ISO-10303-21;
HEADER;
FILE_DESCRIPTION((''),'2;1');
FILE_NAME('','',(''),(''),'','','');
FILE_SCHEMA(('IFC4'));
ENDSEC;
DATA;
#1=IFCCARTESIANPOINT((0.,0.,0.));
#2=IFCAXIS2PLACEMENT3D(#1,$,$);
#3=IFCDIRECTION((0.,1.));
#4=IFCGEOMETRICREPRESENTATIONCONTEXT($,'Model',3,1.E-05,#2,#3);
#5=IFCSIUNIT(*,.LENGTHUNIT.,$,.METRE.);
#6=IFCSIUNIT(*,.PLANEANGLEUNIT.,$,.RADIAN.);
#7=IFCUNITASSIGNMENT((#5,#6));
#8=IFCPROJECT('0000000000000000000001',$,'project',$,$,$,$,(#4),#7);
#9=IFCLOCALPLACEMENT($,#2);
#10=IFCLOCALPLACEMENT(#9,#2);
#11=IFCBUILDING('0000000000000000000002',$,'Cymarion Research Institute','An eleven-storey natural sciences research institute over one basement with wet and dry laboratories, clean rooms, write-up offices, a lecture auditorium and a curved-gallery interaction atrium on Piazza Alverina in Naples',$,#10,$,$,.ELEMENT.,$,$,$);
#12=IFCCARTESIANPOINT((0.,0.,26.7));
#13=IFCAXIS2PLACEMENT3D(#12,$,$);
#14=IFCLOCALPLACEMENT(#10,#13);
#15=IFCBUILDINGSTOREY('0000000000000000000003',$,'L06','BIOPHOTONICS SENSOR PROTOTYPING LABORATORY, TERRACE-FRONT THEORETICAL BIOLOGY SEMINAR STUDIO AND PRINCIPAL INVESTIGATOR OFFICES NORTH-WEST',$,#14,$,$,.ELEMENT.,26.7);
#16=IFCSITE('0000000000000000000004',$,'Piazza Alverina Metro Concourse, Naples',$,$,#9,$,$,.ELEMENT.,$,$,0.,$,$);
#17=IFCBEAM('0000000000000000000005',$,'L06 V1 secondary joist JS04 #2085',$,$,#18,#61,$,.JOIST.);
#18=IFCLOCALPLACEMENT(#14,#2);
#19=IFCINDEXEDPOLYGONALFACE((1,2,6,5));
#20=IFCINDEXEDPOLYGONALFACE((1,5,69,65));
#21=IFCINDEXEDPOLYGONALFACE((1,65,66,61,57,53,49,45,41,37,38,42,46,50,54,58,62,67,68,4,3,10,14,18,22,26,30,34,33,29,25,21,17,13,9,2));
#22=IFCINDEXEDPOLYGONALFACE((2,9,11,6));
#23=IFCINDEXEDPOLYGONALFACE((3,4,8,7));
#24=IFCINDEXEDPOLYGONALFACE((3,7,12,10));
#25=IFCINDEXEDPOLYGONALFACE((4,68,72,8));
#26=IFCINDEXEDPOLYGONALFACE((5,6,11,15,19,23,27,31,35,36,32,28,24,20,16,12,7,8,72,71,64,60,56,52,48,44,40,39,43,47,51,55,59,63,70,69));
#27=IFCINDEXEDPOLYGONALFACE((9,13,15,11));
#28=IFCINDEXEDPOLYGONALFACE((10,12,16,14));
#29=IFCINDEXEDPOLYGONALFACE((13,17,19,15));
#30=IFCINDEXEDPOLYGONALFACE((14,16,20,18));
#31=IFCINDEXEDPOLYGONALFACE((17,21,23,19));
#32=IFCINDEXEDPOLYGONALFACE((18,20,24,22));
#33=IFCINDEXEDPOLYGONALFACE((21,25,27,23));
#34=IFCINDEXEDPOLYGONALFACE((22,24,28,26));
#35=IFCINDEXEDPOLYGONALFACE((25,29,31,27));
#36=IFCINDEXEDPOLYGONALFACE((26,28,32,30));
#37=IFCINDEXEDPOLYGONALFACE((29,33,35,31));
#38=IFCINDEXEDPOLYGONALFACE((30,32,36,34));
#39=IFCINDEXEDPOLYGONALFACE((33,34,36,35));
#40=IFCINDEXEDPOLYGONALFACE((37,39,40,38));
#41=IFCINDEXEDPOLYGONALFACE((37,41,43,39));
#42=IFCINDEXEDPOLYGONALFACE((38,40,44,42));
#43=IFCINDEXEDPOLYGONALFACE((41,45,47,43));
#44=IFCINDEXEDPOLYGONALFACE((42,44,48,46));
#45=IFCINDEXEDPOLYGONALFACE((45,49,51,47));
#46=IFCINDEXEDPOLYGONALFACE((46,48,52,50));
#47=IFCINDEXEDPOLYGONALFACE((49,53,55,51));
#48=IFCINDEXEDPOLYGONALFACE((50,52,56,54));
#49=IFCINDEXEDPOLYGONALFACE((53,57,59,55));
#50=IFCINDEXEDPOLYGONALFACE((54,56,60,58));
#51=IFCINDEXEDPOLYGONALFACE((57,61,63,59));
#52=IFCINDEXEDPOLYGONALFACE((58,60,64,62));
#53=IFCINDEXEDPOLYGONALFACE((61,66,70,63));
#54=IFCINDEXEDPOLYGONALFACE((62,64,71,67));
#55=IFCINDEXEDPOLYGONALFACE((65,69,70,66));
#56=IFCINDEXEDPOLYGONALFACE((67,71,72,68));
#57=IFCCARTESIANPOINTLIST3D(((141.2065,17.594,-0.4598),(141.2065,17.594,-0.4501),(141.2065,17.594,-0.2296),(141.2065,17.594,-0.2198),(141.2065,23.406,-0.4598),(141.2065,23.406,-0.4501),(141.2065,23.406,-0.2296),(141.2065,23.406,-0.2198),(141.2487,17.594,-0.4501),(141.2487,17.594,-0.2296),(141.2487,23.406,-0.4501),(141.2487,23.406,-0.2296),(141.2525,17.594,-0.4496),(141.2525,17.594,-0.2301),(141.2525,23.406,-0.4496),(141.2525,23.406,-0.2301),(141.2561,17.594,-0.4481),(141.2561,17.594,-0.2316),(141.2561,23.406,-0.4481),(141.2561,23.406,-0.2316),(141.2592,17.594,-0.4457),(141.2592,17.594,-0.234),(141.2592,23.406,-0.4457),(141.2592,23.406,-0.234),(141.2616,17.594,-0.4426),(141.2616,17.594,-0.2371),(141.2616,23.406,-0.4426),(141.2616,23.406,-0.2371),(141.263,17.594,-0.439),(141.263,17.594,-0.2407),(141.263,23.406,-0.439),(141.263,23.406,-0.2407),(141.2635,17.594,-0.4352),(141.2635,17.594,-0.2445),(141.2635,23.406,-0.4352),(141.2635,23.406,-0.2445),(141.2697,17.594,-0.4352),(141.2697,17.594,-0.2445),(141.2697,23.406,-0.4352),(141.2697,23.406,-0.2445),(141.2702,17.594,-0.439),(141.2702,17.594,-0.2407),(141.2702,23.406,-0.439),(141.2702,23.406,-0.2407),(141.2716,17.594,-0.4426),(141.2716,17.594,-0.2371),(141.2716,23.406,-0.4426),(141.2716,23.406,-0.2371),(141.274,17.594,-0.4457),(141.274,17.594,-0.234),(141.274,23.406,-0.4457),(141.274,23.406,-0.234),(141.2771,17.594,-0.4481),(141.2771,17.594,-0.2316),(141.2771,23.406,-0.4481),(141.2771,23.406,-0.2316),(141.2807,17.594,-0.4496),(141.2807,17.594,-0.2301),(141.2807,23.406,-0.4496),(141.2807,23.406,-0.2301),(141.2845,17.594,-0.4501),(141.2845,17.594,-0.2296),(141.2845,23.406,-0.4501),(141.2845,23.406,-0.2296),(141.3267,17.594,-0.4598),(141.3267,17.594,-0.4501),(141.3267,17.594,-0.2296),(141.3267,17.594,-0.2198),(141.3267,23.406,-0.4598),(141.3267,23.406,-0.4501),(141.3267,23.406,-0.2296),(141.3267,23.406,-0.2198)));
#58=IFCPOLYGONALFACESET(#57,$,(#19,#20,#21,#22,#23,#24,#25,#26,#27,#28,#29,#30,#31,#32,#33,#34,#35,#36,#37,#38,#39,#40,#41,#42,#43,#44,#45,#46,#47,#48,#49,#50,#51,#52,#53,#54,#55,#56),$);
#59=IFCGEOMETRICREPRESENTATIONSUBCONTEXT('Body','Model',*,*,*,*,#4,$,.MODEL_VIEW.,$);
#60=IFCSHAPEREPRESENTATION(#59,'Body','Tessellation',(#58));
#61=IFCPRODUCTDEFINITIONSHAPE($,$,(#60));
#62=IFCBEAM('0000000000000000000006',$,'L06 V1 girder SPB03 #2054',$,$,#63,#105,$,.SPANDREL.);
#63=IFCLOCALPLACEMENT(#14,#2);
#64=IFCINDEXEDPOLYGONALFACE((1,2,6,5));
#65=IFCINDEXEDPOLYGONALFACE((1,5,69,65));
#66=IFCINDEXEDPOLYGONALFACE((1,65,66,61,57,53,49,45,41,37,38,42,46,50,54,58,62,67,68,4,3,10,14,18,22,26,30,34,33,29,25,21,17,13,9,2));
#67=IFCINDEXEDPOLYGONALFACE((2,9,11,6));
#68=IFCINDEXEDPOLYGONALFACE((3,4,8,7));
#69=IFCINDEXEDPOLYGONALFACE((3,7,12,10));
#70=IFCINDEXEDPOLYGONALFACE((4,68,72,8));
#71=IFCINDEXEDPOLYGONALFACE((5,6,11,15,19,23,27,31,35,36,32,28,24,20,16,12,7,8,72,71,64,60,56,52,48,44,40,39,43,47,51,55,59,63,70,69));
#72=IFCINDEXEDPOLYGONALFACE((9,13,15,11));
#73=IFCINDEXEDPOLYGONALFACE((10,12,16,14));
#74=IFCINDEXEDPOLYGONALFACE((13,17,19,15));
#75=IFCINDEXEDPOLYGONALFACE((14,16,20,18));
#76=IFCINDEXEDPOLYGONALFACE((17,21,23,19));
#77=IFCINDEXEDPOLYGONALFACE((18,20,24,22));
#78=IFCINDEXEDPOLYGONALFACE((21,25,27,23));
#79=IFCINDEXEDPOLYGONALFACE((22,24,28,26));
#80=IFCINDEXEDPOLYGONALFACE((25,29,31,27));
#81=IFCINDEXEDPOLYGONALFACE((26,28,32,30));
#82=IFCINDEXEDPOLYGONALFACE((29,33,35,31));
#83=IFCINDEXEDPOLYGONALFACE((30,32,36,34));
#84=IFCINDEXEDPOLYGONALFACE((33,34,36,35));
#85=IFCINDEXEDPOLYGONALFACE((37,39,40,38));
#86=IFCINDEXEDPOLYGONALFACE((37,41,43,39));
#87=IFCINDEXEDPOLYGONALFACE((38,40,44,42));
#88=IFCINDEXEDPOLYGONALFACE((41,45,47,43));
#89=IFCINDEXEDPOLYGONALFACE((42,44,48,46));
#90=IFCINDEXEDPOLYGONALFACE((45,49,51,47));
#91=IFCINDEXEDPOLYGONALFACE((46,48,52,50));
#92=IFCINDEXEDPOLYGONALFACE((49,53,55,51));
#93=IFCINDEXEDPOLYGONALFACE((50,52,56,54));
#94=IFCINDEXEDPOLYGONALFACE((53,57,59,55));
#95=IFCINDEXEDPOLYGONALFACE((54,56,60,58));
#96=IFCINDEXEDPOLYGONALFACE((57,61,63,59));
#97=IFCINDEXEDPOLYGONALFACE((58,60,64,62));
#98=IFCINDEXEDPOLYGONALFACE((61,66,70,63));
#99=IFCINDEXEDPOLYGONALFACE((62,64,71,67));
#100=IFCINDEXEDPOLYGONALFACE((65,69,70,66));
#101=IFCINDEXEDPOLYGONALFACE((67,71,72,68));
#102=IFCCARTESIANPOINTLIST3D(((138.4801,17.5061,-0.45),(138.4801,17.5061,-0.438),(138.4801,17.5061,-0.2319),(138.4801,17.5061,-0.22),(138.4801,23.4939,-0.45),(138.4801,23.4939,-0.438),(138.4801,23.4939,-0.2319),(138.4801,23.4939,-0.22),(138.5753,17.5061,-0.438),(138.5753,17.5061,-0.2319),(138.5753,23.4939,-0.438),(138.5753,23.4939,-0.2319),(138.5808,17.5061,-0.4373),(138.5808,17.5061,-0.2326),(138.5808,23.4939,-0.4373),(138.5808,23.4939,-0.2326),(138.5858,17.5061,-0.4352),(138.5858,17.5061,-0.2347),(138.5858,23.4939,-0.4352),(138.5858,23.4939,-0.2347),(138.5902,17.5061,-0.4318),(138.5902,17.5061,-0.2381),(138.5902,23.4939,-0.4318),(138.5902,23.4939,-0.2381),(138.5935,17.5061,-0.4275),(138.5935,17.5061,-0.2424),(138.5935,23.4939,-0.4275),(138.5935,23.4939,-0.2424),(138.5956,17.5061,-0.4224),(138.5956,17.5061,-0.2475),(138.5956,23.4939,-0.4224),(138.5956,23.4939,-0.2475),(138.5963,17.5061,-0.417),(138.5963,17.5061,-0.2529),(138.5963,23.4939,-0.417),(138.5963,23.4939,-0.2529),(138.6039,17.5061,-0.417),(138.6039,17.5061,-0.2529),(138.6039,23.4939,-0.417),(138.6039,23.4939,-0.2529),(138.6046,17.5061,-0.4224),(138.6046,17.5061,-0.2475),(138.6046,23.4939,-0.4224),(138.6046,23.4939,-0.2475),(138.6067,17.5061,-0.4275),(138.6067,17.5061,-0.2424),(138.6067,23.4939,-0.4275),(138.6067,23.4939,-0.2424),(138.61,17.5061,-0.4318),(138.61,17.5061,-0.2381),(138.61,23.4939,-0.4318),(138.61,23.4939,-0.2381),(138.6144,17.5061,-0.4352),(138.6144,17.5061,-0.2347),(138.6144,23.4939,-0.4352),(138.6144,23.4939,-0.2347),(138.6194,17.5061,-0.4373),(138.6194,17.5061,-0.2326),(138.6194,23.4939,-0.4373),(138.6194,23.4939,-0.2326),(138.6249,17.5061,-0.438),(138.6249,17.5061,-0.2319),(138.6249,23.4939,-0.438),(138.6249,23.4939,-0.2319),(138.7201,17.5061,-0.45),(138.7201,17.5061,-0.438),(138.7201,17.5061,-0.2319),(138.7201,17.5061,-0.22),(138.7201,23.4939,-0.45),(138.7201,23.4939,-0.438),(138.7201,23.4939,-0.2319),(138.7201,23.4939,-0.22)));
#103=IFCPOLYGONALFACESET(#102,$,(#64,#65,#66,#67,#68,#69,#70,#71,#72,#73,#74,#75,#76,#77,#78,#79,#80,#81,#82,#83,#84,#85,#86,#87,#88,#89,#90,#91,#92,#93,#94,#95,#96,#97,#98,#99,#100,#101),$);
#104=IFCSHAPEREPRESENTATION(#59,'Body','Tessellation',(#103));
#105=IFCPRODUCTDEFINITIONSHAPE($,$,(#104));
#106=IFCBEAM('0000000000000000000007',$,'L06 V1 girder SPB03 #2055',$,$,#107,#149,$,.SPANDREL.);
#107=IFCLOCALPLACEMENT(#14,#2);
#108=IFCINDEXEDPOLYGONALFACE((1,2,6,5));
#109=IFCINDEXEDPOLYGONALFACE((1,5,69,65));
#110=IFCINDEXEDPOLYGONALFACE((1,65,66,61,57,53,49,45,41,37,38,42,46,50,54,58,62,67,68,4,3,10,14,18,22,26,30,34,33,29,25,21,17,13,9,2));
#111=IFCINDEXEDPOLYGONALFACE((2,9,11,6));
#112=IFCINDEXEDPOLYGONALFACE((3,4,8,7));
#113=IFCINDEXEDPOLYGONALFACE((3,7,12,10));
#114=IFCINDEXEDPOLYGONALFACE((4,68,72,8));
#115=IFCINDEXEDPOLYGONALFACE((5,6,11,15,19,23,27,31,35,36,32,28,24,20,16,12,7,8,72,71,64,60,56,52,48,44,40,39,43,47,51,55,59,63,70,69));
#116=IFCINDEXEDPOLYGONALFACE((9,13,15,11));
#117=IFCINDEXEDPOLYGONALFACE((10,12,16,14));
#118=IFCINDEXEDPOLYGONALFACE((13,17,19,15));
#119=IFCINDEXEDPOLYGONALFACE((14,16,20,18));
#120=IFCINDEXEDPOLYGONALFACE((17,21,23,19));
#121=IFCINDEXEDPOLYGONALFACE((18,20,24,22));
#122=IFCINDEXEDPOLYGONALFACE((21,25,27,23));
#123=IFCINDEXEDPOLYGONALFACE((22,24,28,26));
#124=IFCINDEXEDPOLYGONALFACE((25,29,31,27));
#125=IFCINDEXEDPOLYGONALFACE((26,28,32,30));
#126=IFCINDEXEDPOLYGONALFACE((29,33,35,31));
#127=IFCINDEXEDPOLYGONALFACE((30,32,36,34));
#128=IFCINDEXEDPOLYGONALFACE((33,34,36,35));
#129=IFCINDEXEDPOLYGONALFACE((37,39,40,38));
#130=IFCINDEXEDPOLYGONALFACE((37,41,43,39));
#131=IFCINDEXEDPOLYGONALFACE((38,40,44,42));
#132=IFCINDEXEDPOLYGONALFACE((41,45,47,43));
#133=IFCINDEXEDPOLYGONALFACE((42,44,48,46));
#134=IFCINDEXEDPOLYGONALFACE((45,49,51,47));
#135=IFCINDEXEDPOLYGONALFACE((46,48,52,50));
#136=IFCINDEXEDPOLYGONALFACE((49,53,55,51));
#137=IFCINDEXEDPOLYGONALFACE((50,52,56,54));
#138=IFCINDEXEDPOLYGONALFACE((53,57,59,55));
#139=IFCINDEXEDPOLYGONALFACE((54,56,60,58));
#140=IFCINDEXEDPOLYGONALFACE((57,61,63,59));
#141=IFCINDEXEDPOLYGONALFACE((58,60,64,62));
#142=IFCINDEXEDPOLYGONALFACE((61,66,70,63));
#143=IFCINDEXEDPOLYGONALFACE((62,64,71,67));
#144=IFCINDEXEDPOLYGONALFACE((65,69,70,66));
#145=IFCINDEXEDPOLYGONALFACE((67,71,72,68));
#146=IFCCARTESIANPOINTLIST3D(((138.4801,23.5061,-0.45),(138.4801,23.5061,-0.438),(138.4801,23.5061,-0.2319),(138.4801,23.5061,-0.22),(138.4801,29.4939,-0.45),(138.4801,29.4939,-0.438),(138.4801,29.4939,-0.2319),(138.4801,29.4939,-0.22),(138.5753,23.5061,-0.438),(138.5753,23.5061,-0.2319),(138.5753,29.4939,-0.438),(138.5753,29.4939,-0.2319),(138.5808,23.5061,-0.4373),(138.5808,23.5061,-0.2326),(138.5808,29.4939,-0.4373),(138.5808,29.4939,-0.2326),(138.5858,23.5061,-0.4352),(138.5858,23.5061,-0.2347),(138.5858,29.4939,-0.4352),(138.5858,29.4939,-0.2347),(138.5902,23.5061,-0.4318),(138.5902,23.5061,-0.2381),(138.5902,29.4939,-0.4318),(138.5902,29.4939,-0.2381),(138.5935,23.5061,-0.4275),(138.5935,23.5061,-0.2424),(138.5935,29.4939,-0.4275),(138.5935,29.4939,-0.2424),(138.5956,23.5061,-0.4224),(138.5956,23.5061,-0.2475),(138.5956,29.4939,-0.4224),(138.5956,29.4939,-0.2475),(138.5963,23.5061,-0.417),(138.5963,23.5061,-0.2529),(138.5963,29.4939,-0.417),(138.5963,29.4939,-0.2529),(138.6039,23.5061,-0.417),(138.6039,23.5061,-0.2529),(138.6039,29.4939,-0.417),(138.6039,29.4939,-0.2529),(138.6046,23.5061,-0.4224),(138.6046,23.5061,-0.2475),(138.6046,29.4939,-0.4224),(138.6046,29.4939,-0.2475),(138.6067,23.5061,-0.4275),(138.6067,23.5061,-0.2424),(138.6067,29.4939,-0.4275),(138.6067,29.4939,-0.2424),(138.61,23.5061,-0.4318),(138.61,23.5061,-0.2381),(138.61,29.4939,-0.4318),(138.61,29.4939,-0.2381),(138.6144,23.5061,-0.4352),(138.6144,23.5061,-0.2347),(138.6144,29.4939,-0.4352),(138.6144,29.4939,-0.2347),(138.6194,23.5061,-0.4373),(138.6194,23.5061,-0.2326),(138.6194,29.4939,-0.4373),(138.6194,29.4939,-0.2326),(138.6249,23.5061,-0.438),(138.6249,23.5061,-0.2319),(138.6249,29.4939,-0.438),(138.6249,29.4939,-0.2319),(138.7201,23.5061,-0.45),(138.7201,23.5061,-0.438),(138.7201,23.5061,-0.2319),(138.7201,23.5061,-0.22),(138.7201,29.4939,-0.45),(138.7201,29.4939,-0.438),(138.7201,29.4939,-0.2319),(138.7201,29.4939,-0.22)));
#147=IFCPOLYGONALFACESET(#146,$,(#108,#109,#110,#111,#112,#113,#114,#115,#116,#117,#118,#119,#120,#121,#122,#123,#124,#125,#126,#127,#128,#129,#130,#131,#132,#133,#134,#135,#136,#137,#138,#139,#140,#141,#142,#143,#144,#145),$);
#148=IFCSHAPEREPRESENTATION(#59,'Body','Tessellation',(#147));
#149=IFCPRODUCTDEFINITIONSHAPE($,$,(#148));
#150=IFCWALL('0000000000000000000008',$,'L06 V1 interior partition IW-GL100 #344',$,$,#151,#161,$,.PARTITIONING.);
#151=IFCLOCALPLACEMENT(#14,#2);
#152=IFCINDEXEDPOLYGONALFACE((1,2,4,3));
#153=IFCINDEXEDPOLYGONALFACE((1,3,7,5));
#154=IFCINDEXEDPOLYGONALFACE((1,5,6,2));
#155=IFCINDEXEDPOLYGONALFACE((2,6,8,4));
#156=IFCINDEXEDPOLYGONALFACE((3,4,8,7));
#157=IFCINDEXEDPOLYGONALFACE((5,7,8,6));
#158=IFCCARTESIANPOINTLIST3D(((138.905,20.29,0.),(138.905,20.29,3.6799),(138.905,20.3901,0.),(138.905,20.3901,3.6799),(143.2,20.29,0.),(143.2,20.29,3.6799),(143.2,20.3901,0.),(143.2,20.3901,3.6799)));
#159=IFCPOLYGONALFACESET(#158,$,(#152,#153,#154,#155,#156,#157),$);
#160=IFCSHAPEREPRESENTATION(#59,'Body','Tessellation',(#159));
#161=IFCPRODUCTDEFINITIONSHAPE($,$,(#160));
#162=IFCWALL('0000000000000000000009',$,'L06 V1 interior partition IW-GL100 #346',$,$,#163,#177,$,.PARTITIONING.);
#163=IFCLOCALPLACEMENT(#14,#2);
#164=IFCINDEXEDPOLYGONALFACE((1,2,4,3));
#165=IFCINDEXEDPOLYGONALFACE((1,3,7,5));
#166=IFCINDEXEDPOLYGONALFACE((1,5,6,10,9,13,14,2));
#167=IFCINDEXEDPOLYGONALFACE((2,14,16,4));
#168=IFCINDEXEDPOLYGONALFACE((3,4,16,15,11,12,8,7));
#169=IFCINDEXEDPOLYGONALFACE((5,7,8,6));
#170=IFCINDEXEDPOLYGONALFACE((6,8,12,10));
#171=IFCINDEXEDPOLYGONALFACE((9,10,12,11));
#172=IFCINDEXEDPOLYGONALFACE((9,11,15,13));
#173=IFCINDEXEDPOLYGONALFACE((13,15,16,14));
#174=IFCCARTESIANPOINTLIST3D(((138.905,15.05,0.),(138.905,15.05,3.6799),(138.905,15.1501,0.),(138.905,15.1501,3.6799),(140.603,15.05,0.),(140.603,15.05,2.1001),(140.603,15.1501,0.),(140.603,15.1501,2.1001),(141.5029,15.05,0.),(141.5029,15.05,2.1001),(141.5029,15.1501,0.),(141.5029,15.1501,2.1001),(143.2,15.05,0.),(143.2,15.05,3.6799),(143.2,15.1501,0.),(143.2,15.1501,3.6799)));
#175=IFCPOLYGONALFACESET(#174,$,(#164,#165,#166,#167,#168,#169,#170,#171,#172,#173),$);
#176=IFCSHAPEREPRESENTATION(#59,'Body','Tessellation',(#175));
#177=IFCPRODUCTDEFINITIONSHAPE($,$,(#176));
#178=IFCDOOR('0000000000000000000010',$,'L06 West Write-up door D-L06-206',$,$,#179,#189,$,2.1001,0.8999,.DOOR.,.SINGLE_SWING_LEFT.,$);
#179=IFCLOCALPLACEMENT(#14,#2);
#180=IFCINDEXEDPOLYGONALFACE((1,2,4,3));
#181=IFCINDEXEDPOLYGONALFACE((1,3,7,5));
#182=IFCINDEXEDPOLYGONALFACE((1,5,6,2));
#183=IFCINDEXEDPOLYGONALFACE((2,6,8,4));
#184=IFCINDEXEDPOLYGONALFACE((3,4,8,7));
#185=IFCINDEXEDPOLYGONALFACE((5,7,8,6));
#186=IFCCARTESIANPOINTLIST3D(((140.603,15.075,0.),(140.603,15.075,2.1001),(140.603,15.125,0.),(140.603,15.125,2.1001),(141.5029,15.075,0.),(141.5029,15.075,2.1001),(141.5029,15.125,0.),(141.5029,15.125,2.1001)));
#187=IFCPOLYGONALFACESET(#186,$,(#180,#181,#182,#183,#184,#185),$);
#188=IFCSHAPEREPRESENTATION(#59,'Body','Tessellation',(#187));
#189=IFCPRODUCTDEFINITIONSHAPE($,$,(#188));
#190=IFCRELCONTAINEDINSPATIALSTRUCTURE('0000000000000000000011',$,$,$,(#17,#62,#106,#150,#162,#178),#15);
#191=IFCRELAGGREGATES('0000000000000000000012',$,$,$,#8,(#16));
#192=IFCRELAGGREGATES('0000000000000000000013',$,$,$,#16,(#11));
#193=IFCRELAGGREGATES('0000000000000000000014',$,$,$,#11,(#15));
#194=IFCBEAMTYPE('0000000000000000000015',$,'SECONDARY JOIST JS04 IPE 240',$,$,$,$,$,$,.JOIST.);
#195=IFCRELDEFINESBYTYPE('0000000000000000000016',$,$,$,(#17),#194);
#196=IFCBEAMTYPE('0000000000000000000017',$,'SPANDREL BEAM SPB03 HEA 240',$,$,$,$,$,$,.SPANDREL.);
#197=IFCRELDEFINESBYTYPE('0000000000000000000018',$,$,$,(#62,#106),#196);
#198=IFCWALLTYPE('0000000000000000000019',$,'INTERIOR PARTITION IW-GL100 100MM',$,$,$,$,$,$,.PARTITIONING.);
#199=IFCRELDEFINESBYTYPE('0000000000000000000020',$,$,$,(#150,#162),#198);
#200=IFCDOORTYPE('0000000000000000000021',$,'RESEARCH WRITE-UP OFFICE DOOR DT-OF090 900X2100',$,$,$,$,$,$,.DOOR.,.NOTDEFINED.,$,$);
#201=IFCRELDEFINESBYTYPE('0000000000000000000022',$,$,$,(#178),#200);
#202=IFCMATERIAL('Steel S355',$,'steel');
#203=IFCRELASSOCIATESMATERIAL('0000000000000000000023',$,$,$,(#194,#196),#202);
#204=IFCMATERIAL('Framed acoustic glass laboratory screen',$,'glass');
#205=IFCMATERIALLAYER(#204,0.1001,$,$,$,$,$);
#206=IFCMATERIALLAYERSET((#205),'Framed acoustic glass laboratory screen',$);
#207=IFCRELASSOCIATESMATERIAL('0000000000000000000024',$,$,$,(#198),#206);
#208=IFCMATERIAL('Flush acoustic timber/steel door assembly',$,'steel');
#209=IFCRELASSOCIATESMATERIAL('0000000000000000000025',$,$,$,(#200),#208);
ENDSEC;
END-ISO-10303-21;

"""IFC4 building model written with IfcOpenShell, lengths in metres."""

from ifc_helpers import new_model, si_unit, direction, frame, frame_2d, origin, origin_2d, place, context, subcontext, project, spatial, rectangle, i_section, extrude, material, layer, layer_set, material_profile, profile_set, type_object, element, fill, save


model = new_model("IFC4")

# Units and contexts
model_context = context("Model", 3, precision=1e-05, world=origin(), true_north=direction((0.0, 1.0)))
body_context = subcontext(model_context, "Body", "Model", "MODEL_VIEW")
ifc_project = project(units=[si_unit("LENGTHUNIT", "METRE"), si_unit("PLANEANGLEUNIT", "RADIAN")], contexts=[model_context])

# Site, building, storey
site_placement = place(None, origin())
site = spatial("IfcSite", under=ifc_project, at=site_placement, Name="Piazza Alverina Metro Concourse, Naples", CompositionType="ELEMENT", RefElevation=0.0)
building_placement = place(site_placement, origin())
building = spatial("IfcBuilding", under=site, at=building_placement, Name="Cymarion Research Institute", Description="An eleven-storey natural sciences research institute over one basement with wet and dry laboratories, clean rooms, write-up offices, a lecture auditorium and a curved-gallery interaction atrium on Piazza Alverina in Naples", CompositionType="ELEMENT")
storey_placement = place(building_placement, frame((0.0, 0.0, 26.7)))
storey = spatial("IfcBuildingStorey", under=building, at=storey_placement, Name="L06", Description="BIOPHOTONICS SENSOR PROTOTYPING LABORATORY, TERRACE-FRONT THEORETICAL BIOLOGY SEMINAR STUDIO AND PRINCIPAL INVESTIGATOR OFFICES NORTH-WEST", CompositionType="ELEMENT", Elevation=26.7)

# Shared definitions
ifc_material_1 = material(Name="Steel S355", Category="steel")

# Beams
ifc_material_profile_1 = material_profile(ifc_material_1, i_section(OverallWidth=0.1201, OverallDepth=0.24, WebThickness=0.0061, FlangeThickness=0.0098, FilletRadius=0.0149, at=origin_2d()), Name="IPE 240")
ifc_profile_set_1 = profile_set([ifc_material_profile_1], Name="Steel S355")
beam_type_1 = type_object("IfcBeamType", Name="SECONDARY JOIST JS04 IPE 240", PredefinedType="JOIST", material=ifc_profile_set_1)
beam_placement = place(storey_placement, frame((141.2666, 17.594, -0.3398), z_axis=(0.0, 1.0, 0.0), x_axis=(-1.0, 0.0, 0.0)))
element("IfcBeam", 1, at=beam_placement, inside=storey, type_object=beam_type_1, Name="L06 V1 secondary joist JS04 #2085", PredefinedType="JOIST", context=body_context, shape_type="SweptSolid", body=[
    extrude(i_section(OverallWidth=0.1201, OverallDepth=0.24, WebThickness=0.0061, FlangeThickness=0.0098, FilletRadius=0.0149, at=origin_2d()), origin(), (0.0, 0.0, 1.0), 5.812),
])
ifc_material_profile_2 = material_profile(ifc_material_1, i_section(OverallWidth=0.24, OverallDepth=0.23, WebThickness=0.0076, FlangeThickness=0.012, FilletRadius=0.021, at=origin_2d()), Name="HEA 240")
ifc_profile_set_2 = profile_set([ifc_material_profile_2], Name="Steel S355")
beam_type_2 = type_object("IfcBeamType", Name="SPANDREL BEAM SPB03 HEA 240", PredefinedType="SPANDREL", material=ifc_profile_set_2)
for number, where, z_axis, x_axis, name in (
    (2, (138.6001, 17.5061, -0.335), (0.0, 1.0, 0.0), (-1.0, 0.0, 0.0), "L06 V1 girder SPB03 #2054"),
    (3, (138.6001, 23.5061, -0.335), (0.0, 1.0, 0.0), (-1.0, 0.0, 0.0), "L06 V1 girder SPB03 #2055"),
):
    element("IfcBeam", number, at=place(storey_placement, frame(where, z_axis=z_axis, x_axis=x_axis)), inside=storey, type_object=beam_type_2, Name=name, PredefinedType="SPANDREL", context=body_context, shape_type="SweptSolid", body=[
        extrude(i_section(OverallWidth=0.24, OverallDepth=0.23, WebThickness=0.0076, FlangeThickness=0.012, FilletRadius=0.021, at=origin_2d()), origin(), (0.0, 0.0, 1.0), 5.9878),
    ])

# Wall
ifc_material_2 = material(Name="Framed acoustic glass laboratory screen", Category="glass")
ifc_layer_1 = layer(ifc_material_2, 0.1001)
ifc_layer_set_1 = layer_set([ifc_layer_1], Name="Framed acoustic glass laboratory screen")
wall_type_1 = type_object("IfcWallType", Name="INTERIOR PARTITION IW-GL100 100MM", PredefinedType="PARTITIONING", material=ifc_layer_set_1)
wall_1_placement = place(storey_placement, frame((138.905, 20.3401, 0.0), z_axis=(0.0, 0.0, 1.0), x_axis=(1.0, 0.0, 0.0)))
element("IfcWall", 4, at=wall_1_placement, inside=storey, type_object=wall_type_1, Name="L06 V1 interior partition IW-GL100 #344", PredefinedType="PARTITIONING", context=body_context, shape_type="SweptSolid", body=[
    extrude(rectangle(XDim=4.2949, YDim=0.1001, at=frame_2d((2.1475, 0.0))), origin(), (0.0, 0.0, 1.0), 3.6799),
])

# Wall, opening, door
wall_2_placement = place(storey_placement, frame((138.905, 15.1001, 0.0), z_axis=(0.0, 0.0, 1.0), x_axis=(1.0, 0.0, 0.0)))
wall_2 = element("IfcWall", 5, at=wall_2_placement, inside=storey, type_object=wall_type_1, Name="L06 V1 interior partition IW-GL100 #346", PredefinedType="PARTITIONING", context=body_context, shape_type="SweptSolid", body=[
    extrude(rectangle(XDim=4.2949, YDim=0.1001, at=frame_2d((2.1475, 0.0))), origin(), (0.0, 0.0, 1.0), 3.6799),
])
opening_1_placement = place(wall_2_placement, frame((1.698, 0.0, 0.0)))
opening_1 = element("IfcOpeningElement", 6, at=opening_1_placement, cuts=wall_2, PredefinedType="OPENING", context=body_context, shape_type="SweptSolid", body=[
    extrude(rectangle(XDim=0.8999, YDim=2.1001, at=frame_2d((0.45, 1.05))), frame((0.0, 0.0601, 0.0), z_axis=(0.0, -1.0, 0.0), x_axis=(1.0, 0.0, 0.0)), (0.0, 0.0, 1.0), 0.1201),
])
ifc_material_3 = material(Name="Flush acoustic timber/steel door assembly", Category="steel")
door_type_1 = type_object("IfcDoorType", Name="RESEARCH WRITE-UP OFFICE DOOR DT-OF090 900X2100", OperationType="NOTDEFINED", PredefinedType="DOOR", material=ifc_material_3)
door_1_placement = place(opening_1_placement, origin())
door_1 = element("IfcDoor", 7, at=door_1_placement, inside=storey, type_object=door_type_1, Name="L06 West Write-up door D-L06-206", OperationType="SINGLE_SWING_LEFT", OverallHeight=2.1001, OverallWidth=0.8999, PredefinedType="DOOR", context=body_context, shape_type="SweptSolid", body=[
    extrude(rectangle(XDim=0.8999, YDim=2.1001, at=frame_2d((0.45, 1.05))), frame((0.0, 0.0249, 0.0), z_axis=(0.0, -1.0, 0.0), x_axis=(1.0, 0.0, 0.0)), (0.0, 0.0, 1.0), 0.05),
])
fill(opening_1, door_1)

save(model, "model.ifc")
